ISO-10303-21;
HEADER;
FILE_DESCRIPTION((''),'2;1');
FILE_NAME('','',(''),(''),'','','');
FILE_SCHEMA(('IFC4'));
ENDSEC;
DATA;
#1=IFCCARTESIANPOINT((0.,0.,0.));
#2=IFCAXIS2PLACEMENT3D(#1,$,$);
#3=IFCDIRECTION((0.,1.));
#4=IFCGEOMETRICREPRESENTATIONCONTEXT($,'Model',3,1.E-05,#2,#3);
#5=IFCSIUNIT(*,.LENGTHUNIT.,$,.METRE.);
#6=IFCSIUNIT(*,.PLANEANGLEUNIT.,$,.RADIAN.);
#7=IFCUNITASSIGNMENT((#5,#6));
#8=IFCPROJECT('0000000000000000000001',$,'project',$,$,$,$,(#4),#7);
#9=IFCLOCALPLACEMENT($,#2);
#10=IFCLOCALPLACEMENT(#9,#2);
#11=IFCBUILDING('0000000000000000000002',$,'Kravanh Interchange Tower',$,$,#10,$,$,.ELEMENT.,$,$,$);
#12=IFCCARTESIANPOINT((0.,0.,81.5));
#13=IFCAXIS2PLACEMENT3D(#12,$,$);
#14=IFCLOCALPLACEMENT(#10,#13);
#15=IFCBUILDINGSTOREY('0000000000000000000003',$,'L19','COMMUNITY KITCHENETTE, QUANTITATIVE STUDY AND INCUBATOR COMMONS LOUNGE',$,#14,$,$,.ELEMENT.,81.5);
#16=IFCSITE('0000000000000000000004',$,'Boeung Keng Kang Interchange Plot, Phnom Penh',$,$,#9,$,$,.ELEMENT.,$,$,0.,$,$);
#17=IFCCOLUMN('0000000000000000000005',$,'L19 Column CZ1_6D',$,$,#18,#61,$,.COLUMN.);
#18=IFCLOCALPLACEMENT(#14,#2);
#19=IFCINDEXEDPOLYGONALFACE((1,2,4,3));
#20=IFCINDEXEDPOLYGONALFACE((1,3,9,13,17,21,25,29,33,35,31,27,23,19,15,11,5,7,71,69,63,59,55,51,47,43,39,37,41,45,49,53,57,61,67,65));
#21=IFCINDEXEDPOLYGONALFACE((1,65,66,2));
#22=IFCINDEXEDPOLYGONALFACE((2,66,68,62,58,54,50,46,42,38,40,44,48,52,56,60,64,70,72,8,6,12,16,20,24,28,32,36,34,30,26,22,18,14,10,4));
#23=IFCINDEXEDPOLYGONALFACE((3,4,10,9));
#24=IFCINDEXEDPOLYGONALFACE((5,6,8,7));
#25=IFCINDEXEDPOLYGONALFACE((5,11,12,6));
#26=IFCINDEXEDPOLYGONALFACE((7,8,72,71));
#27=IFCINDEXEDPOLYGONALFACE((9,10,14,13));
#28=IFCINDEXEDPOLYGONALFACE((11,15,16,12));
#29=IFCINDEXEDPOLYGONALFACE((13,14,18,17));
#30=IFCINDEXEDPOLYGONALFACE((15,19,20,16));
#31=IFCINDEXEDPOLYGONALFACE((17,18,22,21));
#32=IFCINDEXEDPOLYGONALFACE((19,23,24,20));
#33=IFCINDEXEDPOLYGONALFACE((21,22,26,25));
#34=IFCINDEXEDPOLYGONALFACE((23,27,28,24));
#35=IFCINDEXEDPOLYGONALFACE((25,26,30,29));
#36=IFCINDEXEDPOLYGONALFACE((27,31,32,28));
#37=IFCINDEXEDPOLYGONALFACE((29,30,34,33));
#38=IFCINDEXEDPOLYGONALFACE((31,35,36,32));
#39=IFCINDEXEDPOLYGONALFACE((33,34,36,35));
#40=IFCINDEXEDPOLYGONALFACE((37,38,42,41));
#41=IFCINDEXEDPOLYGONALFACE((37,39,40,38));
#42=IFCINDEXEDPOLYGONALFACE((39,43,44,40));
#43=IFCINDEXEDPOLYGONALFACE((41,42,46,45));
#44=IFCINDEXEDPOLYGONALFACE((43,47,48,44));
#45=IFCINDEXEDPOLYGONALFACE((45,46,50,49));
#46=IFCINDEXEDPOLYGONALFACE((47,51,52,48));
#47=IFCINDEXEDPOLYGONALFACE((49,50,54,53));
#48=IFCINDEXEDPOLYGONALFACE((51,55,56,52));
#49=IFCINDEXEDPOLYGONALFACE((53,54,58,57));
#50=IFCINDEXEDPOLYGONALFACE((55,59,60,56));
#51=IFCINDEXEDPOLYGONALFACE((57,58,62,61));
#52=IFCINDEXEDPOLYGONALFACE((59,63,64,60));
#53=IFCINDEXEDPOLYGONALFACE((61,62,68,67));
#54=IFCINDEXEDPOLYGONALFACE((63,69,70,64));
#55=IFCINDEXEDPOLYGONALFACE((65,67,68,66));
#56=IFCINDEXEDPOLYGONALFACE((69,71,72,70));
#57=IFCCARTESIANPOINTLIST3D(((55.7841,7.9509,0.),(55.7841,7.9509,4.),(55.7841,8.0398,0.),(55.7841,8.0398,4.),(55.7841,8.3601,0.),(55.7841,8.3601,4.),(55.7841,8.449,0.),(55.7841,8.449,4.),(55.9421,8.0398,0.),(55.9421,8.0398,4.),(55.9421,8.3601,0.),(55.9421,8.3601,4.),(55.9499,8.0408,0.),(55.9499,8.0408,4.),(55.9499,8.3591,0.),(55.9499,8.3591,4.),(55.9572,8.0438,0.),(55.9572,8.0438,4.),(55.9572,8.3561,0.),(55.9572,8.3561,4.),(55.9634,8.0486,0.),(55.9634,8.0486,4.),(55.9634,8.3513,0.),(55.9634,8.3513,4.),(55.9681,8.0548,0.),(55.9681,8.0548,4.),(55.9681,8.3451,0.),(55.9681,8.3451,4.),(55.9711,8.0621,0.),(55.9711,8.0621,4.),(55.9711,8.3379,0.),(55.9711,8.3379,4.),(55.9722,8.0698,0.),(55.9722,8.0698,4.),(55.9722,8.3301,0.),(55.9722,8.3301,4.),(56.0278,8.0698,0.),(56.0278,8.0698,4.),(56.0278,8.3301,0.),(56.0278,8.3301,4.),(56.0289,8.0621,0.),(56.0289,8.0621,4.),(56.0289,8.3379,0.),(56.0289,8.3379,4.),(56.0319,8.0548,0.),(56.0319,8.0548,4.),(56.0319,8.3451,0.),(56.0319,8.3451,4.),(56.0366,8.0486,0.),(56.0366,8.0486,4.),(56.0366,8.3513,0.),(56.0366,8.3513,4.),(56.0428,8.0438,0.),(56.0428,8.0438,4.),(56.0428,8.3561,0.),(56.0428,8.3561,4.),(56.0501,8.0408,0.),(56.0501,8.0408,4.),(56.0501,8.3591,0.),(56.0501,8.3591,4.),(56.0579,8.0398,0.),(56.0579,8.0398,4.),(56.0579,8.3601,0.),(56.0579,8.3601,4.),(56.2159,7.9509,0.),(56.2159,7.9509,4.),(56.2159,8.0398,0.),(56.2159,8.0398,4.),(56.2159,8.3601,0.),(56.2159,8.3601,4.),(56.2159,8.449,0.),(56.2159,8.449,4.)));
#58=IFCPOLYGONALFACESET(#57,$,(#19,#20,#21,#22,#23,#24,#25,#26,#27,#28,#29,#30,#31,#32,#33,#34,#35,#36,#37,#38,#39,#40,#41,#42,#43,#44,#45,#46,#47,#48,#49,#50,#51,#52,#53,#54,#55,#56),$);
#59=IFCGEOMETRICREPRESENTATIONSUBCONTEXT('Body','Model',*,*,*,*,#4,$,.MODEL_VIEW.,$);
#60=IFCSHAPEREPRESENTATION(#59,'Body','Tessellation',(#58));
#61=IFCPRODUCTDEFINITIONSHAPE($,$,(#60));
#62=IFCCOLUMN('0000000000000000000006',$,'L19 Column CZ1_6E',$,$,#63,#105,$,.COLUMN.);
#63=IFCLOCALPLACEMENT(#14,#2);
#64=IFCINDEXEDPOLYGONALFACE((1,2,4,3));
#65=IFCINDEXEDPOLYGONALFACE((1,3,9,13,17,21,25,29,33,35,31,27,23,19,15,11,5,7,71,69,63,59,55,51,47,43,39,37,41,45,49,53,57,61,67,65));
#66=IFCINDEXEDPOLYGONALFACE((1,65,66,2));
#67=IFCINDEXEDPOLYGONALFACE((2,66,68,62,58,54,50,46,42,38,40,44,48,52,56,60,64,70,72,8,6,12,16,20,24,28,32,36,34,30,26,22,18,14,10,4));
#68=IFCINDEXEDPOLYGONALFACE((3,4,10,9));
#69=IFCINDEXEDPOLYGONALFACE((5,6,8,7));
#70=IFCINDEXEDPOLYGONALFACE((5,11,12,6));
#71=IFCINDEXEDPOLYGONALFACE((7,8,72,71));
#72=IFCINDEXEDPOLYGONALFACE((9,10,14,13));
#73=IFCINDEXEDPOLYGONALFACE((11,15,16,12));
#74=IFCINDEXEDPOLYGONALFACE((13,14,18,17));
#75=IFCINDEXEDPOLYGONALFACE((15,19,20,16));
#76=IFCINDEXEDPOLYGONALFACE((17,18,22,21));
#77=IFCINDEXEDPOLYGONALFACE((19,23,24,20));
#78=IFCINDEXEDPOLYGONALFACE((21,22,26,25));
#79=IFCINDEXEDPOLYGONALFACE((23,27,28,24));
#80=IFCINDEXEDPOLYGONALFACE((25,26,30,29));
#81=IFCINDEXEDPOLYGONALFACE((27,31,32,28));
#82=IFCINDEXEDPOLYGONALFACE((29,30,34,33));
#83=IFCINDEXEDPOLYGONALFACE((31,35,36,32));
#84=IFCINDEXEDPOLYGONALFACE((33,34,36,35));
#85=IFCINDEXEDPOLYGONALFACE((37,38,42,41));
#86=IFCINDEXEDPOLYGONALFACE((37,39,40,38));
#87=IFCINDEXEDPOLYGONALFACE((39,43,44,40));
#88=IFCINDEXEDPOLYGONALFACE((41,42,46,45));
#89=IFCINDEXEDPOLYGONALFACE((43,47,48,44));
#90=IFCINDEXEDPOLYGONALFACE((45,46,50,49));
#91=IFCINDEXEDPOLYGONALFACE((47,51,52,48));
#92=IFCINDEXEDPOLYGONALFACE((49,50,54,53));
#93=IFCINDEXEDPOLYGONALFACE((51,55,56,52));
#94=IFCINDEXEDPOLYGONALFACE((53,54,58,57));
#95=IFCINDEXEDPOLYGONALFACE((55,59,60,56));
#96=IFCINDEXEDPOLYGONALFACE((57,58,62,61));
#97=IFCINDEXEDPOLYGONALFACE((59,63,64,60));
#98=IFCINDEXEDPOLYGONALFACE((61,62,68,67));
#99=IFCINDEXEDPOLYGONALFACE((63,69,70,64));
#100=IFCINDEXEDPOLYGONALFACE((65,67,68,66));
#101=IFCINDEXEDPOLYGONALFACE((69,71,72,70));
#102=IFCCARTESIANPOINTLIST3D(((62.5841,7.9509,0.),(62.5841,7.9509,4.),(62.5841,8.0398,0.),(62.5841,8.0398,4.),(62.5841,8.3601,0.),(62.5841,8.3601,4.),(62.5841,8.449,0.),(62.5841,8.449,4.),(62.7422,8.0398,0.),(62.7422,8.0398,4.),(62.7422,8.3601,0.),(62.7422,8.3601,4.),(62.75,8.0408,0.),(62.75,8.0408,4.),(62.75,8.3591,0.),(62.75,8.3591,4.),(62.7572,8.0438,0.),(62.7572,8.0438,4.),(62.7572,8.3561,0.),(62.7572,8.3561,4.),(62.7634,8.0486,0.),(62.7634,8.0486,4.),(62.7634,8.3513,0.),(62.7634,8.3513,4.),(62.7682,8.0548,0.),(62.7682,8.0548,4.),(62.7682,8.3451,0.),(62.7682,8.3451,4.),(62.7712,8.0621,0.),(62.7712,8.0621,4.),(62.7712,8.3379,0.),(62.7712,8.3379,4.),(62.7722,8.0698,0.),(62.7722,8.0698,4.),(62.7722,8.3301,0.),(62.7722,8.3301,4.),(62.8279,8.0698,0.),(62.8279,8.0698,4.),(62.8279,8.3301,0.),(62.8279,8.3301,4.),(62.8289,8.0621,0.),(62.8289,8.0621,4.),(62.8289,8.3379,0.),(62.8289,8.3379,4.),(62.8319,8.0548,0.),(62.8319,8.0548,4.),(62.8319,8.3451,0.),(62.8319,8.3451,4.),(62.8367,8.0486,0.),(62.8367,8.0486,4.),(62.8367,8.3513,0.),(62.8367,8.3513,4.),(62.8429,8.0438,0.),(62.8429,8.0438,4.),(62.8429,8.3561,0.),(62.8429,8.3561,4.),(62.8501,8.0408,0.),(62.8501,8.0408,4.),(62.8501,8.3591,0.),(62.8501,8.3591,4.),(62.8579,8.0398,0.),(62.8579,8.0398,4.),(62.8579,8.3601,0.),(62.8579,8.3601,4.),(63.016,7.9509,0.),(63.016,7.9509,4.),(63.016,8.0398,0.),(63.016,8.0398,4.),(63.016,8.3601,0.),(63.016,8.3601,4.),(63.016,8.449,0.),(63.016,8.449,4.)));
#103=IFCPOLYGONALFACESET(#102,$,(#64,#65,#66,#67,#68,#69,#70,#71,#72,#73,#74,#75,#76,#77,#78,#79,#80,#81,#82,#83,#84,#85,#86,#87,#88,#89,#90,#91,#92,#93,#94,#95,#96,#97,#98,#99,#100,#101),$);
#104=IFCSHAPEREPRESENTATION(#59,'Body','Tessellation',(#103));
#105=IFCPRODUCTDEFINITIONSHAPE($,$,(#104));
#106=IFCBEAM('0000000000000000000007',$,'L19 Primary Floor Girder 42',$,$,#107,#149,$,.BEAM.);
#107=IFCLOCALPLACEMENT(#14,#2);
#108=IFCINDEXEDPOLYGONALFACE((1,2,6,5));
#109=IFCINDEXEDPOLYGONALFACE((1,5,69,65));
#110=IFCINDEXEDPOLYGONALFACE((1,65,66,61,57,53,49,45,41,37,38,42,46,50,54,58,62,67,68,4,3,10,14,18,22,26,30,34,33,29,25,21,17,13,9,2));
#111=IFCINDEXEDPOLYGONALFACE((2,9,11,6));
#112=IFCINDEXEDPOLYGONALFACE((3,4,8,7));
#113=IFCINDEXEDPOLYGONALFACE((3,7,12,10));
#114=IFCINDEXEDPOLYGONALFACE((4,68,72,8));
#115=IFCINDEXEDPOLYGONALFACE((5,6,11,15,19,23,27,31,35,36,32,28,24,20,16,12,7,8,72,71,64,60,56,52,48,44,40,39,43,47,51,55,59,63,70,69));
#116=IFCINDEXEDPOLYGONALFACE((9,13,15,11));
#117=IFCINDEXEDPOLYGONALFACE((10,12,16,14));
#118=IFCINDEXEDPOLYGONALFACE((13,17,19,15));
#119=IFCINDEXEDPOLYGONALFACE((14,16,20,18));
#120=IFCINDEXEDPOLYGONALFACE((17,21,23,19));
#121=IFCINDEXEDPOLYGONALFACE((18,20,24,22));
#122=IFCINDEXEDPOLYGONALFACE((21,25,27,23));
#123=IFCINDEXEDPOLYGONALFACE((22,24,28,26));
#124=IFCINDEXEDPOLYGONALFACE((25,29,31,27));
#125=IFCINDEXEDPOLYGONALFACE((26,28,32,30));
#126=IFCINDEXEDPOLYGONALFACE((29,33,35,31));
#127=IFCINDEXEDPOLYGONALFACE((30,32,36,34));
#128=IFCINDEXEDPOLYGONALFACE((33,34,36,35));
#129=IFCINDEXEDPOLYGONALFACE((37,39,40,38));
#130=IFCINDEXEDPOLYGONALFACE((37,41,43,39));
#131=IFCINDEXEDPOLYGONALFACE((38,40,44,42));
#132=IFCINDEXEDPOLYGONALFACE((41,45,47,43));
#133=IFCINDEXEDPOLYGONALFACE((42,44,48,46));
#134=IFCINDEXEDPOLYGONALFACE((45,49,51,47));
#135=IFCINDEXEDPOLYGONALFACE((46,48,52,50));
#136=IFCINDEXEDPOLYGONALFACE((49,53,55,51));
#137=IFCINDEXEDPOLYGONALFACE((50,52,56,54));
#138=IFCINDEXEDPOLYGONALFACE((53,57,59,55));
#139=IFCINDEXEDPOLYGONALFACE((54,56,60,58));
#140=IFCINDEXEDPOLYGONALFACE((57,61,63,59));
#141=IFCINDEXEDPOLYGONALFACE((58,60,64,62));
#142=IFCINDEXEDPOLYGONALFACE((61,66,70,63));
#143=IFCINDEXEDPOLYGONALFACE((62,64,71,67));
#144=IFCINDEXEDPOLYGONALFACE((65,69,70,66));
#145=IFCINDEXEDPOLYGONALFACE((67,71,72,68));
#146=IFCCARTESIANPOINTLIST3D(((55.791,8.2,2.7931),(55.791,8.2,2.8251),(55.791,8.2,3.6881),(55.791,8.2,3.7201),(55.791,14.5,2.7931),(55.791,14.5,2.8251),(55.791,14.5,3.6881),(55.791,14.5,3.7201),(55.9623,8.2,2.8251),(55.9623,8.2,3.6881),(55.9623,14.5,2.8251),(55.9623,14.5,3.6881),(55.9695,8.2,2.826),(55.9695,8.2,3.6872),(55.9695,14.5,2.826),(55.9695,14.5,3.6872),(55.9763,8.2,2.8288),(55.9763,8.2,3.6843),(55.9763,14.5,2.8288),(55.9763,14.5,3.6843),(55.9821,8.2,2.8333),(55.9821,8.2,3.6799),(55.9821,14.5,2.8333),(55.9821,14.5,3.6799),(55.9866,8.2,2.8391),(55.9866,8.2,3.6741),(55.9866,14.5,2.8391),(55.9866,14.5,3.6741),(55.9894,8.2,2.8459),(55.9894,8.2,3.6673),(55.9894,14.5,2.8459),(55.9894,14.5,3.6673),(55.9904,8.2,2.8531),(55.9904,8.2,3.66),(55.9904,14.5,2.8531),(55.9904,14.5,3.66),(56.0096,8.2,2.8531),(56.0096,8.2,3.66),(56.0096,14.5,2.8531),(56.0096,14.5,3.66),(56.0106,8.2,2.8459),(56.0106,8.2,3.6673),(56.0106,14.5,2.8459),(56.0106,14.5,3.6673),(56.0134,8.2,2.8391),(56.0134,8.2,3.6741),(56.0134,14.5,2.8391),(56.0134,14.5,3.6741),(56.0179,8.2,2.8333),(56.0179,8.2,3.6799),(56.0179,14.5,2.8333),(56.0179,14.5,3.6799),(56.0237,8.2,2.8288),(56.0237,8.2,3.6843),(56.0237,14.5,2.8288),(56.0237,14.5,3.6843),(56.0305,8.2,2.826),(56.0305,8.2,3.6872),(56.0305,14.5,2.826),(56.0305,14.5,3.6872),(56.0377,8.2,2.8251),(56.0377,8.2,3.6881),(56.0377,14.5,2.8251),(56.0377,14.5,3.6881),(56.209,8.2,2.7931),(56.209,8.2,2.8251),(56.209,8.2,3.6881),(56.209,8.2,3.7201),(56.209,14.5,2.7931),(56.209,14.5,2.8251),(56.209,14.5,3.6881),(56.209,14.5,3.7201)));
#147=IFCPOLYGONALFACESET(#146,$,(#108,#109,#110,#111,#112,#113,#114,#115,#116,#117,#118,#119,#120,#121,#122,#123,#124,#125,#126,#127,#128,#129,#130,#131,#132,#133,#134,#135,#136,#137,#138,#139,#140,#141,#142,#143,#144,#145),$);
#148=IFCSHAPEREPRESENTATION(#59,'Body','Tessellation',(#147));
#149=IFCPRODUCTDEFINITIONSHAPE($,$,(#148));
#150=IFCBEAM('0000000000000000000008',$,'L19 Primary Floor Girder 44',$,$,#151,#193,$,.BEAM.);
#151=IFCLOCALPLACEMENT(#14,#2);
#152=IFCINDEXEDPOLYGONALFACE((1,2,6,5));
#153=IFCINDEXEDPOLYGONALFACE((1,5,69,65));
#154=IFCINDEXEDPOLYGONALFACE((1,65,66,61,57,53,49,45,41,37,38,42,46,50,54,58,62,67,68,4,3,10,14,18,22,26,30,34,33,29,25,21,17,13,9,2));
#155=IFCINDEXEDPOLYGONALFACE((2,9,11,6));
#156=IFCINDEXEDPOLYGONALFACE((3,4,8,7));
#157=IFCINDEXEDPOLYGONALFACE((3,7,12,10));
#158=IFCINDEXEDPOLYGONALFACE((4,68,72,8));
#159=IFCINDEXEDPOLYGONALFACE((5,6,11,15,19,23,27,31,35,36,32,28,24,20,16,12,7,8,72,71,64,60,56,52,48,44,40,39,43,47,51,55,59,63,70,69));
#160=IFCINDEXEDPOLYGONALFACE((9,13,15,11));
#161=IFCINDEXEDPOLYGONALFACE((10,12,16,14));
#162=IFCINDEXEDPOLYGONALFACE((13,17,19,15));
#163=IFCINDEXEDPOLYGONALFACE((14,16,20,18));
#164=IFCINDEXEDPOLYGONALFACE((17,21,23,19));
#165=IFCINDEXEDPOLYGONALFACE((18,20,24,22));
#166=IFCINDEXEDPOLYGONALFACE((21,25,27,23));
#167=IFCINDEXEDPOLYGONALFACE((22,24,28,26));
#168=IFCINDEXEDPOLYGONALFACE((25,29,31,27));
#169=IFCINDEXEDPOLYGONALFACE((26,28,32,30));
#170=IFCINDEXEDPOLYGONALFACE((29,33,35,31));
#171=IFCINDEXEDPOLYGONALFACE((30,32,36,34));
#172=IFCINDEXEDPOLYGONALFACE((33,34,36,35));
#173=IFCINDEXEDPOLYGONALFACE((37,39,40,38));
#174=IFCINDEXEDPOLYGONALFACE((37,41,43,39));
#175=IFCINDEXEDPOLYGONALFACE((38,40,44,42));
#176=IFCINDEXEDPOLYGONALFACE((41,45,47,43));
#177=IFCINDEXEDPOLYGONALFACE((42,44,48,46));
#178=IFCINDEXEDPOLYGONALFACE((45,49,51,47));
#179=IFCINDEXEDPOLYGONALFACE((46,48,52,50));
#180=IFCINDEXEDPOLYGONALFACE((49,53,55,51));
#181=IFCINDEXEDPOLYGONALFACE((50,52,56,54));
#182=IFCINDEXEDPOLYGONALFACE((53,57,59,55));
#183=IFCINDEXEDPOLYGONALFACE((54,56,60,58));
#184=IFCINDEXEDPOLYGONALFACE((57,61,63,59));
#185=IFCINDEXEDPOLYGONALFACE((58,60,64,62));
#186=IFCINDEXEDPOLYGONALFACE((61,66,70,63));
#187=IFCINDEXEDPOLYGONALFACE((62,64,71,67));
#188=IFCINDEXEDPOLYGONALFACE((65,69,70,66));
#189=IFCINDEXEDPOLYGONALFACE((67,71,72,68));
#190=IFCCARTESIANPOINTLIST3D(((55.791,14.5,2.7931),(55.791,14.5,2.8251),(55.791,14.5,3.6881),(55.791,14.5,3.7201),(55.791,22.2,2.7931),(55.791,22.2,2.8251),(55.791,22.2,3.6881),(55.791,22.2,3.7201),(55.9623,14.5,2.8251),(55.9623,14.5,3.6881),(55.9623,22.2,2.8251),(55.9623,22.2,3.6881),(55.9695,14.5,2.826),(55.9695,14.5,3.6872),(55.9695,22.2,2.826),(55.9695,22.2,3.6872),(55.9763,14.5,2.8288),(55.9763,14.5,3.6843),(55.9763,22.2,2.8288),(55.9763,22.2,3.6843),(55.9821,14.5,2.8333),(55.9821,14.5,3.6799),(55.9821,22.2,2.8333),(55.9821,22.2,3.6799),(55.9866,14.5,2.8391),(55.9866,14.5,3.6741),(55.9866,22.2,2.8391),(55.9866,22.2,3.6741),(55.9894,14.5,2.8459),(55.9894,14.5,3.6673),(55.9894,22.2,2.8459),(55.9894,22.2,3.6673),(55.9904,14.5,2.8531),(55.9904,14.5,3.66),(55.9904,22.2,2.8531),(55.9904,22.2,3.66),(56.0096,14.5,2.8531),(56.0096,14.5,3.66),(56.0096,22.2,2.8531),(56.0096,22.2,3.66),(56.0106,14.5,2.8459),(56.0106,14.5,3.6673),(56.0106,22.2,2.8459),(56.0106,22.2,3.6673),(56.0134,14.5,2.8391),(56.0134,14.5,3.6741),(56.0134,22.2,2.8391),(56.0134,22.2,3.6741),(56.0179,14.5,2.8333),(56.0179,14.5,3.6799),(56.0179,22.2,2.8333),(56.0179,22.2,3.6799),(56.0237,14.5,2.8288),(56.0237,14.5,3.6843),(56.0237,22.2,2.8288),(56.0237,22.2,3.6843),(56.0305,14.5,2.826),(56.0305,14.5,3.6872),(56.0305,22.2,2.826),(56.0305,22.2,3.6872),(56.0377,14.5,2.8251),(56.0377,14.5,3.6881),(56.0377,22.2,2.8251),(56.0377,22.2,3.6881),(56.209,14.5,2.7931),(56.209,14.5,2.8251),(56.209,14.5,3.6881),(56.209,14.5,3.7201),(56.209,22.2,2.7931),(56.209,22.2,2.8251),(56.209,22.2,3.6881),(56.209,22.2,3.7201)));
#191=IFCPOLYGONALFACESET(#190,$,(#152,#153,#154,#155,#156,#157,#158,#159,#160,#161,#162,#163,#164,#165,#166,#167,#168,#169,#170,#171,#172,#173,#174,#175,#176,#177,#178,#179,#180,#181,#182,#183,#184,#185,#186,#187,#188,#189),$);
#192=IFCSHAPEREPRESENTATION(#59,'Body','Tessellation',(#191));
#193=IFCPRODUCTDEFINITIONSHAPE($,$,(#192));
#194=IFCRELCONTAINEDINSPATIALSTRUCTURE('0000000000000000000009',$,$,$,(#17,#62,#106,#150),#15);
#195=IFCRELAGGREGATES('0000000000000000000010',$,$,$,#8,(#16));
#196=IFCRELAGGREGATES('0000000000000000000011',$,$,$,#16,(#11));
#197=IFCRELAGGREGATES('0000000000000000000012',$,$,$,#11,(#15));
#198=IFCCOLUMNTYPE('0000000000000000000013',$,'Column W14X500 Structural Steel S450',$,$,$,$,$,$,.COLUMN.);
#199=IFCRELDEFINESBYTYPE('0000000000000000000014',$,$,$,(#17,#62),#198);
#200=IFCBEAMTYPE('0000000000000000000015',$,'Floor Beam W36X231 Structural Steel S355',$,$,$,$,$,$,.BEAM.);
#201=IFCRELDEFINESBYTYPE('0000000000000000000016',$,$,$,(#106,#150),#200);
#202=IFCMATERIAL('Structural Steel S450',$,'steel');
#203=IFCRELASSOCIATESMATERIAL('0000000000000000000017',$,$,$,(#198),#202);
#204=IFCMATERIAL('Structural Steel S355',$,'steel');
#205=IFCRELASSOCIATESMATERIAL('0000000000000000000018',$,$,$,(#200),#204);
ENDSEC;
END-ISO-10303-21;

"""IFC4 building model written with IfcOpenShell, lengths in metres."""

from ifc_helpers import new_model, si_unit, direction, frame, origin, origin_2d, place, context, subcontext, project, spatial, i_section, extrude, material, material_profile, profile_set, type_object, element, save


model = new_model("IFC4")

# Units and contexts
model_context = context("Model", 3, precision=1e-05, world=origin(), true_north=direction((0.0, 1.0)))
body_context = subcontext(model_context, "Body", "Model", "MODEL_VIEW")
ifc_project = project(units=[si_unit("LENGTHUNIT", "METRE"), si_unit("PLANEANGLEUNIT", "RADIAN")], contexts=[model_context])

# Site, building, storey
site_placement = place(None, origin())
site = spatial("IfcSite", under=ifc_project, at=site_placement, Name="Boeung Keng Kang Interchange Plot, Phnom Penh", CompositionType="ELEMENT", RefElevation=0.0)
building_placement = place(site_placement, origin())
building = spatial("IfcBuilding", under=site, at=building_placement, Name="Kravanh Interchange Tower", CompositionType="ELEMENT")
storey_placement = place(building_placement, frame((0.0, 0.0, 81.5)))
storey = spatial("IfcBuildingStorey", under=building, at=storey_placement, Name="L19", Description="COMMUNITY KITCHENETTE, QUANTITATIVE STUDY AND INCUBATOR COMMONS LOUNGE", CompositionType="ELEMENT", Elevation=81.5)

# Columns
ifc_material_1 = material(Name="Structural Steel S450", Category="steel")
ifc_material_profile_1 = material_profile(ifc_material_1, i_section(OverallWidth=0.4319, OverallDepth=0.498, WebThickness=0.0557, FlangeThickness=0.0889, FilletRadius=0.03, at=origin_2d()), Name="W14X500")
ifc_profile_set_1 = profile_set([ifc_material_profile_1], Name="Structural Steel S450")
column_type = type_object("IfcColumnType", Name="Column W14X500 Structural Steel S450", PredefinedType="COLUMN", material=ifc_profile_set_1)
for number, where, z_axis, x_axis, name in (
    (1, (56.0, 8.2, 0.0), (0.0, 0.0, 1.0), (1.0, 0.0, 0.0), "L19 Column CZ1_6D"),
    (2, (62.8, 8.2, 0.0), (0.0, 0.0, 1.0), (1.0, 0.0, 0.0), "L19 Column CZ1_6E"),
):
    element("IfcColumn", number, at=place(storey_placement, frame(where, z_axis=z_axis, x_axis=x_axis)), inside=storey, type_object=column_type, Name=name, PredefinedType="COLUMN", context=body_context, shape_type="SweptSolid", body=[
        extrude(i_section(OverallWidth=0.4319, OverallDepth=0.498, WebThickness=0.0557, FlangeThickness=0.0889, FilletRadius=0.03, at=origin_2d()), origin(), (0.0, 0.0, 1.0), 4.0),
    ])

# Beams
ifc_material_2 = material(Name="Structural Steel S355", Category="steel")
ifc_material_profile_2 = material_profile(ifc_material_2, i_section(OverallWidth=0.418, OverallDepth=0.927, WebThickness=0.0193, FlangeThickness=0.032, FilletRadius=0.0281, at=origin_2d()), Name="W36X231")
ifc_profile_set_2 = profile_set([ifc_material_profile_2], Name="Structural Steel S355")
beam_type_1 = type_object("IfcBeamType", Name="Floor Beam W36X231 Structural Steel S355", PredefinedType="BEAM", material=ifc_profile_set_2)
beam_1_placement = place(storey_placement, frame((56.0, 14.5, 3.2566), z_axis=(0.0, -1.0, 0.0), x_axis=(1.0, 0.0, 0.0)))
element("IfcBeam", 3, at=beam_1_placement, inside=storey, type_object=beam_type_1, Name="L19 Primary Floor Girder 42", PredefinedType="BEAM", context=body_context, shape_type="SweptSolid", body=[
    extrude(i_section(OverallWidth=0.418, OverallDepth=0.927, WebThickness=0.0193, FlangeThickness=0.032, FilletRadius=0.0281, at=origin_2d()), origin(), (0.0, 0.0, 1.0), 6.3),
])
for number, where, z_axis, x_axis, name in (
    (4, (56.0, 14.5, 3.2566), (0.0, 1.0, 0.0), (-1.0, 0.0, 0.0), "L19 Primary Floor Girder 44"),
):
    element("IfcBeam", number, at=place(storey_placement, frame(where, z_axis=z_axis, x_axis=x_axis)), inside=storey, type_object=beam_type_1, Name=name, PredefinedType="BEAM", context=body_context, shape_type="SweptSolid", body=[
        extrude(i_section(OverallWidth=0.418, OverallDepth=0.927, WebThickness=0.0193, FlangeThickness=0.032, FilletRadius=0.0281, at=origin_2d()), origin(), (0.0, 0.0, 1.0), 7.7),
    ])

save(model, "model.ifc")
